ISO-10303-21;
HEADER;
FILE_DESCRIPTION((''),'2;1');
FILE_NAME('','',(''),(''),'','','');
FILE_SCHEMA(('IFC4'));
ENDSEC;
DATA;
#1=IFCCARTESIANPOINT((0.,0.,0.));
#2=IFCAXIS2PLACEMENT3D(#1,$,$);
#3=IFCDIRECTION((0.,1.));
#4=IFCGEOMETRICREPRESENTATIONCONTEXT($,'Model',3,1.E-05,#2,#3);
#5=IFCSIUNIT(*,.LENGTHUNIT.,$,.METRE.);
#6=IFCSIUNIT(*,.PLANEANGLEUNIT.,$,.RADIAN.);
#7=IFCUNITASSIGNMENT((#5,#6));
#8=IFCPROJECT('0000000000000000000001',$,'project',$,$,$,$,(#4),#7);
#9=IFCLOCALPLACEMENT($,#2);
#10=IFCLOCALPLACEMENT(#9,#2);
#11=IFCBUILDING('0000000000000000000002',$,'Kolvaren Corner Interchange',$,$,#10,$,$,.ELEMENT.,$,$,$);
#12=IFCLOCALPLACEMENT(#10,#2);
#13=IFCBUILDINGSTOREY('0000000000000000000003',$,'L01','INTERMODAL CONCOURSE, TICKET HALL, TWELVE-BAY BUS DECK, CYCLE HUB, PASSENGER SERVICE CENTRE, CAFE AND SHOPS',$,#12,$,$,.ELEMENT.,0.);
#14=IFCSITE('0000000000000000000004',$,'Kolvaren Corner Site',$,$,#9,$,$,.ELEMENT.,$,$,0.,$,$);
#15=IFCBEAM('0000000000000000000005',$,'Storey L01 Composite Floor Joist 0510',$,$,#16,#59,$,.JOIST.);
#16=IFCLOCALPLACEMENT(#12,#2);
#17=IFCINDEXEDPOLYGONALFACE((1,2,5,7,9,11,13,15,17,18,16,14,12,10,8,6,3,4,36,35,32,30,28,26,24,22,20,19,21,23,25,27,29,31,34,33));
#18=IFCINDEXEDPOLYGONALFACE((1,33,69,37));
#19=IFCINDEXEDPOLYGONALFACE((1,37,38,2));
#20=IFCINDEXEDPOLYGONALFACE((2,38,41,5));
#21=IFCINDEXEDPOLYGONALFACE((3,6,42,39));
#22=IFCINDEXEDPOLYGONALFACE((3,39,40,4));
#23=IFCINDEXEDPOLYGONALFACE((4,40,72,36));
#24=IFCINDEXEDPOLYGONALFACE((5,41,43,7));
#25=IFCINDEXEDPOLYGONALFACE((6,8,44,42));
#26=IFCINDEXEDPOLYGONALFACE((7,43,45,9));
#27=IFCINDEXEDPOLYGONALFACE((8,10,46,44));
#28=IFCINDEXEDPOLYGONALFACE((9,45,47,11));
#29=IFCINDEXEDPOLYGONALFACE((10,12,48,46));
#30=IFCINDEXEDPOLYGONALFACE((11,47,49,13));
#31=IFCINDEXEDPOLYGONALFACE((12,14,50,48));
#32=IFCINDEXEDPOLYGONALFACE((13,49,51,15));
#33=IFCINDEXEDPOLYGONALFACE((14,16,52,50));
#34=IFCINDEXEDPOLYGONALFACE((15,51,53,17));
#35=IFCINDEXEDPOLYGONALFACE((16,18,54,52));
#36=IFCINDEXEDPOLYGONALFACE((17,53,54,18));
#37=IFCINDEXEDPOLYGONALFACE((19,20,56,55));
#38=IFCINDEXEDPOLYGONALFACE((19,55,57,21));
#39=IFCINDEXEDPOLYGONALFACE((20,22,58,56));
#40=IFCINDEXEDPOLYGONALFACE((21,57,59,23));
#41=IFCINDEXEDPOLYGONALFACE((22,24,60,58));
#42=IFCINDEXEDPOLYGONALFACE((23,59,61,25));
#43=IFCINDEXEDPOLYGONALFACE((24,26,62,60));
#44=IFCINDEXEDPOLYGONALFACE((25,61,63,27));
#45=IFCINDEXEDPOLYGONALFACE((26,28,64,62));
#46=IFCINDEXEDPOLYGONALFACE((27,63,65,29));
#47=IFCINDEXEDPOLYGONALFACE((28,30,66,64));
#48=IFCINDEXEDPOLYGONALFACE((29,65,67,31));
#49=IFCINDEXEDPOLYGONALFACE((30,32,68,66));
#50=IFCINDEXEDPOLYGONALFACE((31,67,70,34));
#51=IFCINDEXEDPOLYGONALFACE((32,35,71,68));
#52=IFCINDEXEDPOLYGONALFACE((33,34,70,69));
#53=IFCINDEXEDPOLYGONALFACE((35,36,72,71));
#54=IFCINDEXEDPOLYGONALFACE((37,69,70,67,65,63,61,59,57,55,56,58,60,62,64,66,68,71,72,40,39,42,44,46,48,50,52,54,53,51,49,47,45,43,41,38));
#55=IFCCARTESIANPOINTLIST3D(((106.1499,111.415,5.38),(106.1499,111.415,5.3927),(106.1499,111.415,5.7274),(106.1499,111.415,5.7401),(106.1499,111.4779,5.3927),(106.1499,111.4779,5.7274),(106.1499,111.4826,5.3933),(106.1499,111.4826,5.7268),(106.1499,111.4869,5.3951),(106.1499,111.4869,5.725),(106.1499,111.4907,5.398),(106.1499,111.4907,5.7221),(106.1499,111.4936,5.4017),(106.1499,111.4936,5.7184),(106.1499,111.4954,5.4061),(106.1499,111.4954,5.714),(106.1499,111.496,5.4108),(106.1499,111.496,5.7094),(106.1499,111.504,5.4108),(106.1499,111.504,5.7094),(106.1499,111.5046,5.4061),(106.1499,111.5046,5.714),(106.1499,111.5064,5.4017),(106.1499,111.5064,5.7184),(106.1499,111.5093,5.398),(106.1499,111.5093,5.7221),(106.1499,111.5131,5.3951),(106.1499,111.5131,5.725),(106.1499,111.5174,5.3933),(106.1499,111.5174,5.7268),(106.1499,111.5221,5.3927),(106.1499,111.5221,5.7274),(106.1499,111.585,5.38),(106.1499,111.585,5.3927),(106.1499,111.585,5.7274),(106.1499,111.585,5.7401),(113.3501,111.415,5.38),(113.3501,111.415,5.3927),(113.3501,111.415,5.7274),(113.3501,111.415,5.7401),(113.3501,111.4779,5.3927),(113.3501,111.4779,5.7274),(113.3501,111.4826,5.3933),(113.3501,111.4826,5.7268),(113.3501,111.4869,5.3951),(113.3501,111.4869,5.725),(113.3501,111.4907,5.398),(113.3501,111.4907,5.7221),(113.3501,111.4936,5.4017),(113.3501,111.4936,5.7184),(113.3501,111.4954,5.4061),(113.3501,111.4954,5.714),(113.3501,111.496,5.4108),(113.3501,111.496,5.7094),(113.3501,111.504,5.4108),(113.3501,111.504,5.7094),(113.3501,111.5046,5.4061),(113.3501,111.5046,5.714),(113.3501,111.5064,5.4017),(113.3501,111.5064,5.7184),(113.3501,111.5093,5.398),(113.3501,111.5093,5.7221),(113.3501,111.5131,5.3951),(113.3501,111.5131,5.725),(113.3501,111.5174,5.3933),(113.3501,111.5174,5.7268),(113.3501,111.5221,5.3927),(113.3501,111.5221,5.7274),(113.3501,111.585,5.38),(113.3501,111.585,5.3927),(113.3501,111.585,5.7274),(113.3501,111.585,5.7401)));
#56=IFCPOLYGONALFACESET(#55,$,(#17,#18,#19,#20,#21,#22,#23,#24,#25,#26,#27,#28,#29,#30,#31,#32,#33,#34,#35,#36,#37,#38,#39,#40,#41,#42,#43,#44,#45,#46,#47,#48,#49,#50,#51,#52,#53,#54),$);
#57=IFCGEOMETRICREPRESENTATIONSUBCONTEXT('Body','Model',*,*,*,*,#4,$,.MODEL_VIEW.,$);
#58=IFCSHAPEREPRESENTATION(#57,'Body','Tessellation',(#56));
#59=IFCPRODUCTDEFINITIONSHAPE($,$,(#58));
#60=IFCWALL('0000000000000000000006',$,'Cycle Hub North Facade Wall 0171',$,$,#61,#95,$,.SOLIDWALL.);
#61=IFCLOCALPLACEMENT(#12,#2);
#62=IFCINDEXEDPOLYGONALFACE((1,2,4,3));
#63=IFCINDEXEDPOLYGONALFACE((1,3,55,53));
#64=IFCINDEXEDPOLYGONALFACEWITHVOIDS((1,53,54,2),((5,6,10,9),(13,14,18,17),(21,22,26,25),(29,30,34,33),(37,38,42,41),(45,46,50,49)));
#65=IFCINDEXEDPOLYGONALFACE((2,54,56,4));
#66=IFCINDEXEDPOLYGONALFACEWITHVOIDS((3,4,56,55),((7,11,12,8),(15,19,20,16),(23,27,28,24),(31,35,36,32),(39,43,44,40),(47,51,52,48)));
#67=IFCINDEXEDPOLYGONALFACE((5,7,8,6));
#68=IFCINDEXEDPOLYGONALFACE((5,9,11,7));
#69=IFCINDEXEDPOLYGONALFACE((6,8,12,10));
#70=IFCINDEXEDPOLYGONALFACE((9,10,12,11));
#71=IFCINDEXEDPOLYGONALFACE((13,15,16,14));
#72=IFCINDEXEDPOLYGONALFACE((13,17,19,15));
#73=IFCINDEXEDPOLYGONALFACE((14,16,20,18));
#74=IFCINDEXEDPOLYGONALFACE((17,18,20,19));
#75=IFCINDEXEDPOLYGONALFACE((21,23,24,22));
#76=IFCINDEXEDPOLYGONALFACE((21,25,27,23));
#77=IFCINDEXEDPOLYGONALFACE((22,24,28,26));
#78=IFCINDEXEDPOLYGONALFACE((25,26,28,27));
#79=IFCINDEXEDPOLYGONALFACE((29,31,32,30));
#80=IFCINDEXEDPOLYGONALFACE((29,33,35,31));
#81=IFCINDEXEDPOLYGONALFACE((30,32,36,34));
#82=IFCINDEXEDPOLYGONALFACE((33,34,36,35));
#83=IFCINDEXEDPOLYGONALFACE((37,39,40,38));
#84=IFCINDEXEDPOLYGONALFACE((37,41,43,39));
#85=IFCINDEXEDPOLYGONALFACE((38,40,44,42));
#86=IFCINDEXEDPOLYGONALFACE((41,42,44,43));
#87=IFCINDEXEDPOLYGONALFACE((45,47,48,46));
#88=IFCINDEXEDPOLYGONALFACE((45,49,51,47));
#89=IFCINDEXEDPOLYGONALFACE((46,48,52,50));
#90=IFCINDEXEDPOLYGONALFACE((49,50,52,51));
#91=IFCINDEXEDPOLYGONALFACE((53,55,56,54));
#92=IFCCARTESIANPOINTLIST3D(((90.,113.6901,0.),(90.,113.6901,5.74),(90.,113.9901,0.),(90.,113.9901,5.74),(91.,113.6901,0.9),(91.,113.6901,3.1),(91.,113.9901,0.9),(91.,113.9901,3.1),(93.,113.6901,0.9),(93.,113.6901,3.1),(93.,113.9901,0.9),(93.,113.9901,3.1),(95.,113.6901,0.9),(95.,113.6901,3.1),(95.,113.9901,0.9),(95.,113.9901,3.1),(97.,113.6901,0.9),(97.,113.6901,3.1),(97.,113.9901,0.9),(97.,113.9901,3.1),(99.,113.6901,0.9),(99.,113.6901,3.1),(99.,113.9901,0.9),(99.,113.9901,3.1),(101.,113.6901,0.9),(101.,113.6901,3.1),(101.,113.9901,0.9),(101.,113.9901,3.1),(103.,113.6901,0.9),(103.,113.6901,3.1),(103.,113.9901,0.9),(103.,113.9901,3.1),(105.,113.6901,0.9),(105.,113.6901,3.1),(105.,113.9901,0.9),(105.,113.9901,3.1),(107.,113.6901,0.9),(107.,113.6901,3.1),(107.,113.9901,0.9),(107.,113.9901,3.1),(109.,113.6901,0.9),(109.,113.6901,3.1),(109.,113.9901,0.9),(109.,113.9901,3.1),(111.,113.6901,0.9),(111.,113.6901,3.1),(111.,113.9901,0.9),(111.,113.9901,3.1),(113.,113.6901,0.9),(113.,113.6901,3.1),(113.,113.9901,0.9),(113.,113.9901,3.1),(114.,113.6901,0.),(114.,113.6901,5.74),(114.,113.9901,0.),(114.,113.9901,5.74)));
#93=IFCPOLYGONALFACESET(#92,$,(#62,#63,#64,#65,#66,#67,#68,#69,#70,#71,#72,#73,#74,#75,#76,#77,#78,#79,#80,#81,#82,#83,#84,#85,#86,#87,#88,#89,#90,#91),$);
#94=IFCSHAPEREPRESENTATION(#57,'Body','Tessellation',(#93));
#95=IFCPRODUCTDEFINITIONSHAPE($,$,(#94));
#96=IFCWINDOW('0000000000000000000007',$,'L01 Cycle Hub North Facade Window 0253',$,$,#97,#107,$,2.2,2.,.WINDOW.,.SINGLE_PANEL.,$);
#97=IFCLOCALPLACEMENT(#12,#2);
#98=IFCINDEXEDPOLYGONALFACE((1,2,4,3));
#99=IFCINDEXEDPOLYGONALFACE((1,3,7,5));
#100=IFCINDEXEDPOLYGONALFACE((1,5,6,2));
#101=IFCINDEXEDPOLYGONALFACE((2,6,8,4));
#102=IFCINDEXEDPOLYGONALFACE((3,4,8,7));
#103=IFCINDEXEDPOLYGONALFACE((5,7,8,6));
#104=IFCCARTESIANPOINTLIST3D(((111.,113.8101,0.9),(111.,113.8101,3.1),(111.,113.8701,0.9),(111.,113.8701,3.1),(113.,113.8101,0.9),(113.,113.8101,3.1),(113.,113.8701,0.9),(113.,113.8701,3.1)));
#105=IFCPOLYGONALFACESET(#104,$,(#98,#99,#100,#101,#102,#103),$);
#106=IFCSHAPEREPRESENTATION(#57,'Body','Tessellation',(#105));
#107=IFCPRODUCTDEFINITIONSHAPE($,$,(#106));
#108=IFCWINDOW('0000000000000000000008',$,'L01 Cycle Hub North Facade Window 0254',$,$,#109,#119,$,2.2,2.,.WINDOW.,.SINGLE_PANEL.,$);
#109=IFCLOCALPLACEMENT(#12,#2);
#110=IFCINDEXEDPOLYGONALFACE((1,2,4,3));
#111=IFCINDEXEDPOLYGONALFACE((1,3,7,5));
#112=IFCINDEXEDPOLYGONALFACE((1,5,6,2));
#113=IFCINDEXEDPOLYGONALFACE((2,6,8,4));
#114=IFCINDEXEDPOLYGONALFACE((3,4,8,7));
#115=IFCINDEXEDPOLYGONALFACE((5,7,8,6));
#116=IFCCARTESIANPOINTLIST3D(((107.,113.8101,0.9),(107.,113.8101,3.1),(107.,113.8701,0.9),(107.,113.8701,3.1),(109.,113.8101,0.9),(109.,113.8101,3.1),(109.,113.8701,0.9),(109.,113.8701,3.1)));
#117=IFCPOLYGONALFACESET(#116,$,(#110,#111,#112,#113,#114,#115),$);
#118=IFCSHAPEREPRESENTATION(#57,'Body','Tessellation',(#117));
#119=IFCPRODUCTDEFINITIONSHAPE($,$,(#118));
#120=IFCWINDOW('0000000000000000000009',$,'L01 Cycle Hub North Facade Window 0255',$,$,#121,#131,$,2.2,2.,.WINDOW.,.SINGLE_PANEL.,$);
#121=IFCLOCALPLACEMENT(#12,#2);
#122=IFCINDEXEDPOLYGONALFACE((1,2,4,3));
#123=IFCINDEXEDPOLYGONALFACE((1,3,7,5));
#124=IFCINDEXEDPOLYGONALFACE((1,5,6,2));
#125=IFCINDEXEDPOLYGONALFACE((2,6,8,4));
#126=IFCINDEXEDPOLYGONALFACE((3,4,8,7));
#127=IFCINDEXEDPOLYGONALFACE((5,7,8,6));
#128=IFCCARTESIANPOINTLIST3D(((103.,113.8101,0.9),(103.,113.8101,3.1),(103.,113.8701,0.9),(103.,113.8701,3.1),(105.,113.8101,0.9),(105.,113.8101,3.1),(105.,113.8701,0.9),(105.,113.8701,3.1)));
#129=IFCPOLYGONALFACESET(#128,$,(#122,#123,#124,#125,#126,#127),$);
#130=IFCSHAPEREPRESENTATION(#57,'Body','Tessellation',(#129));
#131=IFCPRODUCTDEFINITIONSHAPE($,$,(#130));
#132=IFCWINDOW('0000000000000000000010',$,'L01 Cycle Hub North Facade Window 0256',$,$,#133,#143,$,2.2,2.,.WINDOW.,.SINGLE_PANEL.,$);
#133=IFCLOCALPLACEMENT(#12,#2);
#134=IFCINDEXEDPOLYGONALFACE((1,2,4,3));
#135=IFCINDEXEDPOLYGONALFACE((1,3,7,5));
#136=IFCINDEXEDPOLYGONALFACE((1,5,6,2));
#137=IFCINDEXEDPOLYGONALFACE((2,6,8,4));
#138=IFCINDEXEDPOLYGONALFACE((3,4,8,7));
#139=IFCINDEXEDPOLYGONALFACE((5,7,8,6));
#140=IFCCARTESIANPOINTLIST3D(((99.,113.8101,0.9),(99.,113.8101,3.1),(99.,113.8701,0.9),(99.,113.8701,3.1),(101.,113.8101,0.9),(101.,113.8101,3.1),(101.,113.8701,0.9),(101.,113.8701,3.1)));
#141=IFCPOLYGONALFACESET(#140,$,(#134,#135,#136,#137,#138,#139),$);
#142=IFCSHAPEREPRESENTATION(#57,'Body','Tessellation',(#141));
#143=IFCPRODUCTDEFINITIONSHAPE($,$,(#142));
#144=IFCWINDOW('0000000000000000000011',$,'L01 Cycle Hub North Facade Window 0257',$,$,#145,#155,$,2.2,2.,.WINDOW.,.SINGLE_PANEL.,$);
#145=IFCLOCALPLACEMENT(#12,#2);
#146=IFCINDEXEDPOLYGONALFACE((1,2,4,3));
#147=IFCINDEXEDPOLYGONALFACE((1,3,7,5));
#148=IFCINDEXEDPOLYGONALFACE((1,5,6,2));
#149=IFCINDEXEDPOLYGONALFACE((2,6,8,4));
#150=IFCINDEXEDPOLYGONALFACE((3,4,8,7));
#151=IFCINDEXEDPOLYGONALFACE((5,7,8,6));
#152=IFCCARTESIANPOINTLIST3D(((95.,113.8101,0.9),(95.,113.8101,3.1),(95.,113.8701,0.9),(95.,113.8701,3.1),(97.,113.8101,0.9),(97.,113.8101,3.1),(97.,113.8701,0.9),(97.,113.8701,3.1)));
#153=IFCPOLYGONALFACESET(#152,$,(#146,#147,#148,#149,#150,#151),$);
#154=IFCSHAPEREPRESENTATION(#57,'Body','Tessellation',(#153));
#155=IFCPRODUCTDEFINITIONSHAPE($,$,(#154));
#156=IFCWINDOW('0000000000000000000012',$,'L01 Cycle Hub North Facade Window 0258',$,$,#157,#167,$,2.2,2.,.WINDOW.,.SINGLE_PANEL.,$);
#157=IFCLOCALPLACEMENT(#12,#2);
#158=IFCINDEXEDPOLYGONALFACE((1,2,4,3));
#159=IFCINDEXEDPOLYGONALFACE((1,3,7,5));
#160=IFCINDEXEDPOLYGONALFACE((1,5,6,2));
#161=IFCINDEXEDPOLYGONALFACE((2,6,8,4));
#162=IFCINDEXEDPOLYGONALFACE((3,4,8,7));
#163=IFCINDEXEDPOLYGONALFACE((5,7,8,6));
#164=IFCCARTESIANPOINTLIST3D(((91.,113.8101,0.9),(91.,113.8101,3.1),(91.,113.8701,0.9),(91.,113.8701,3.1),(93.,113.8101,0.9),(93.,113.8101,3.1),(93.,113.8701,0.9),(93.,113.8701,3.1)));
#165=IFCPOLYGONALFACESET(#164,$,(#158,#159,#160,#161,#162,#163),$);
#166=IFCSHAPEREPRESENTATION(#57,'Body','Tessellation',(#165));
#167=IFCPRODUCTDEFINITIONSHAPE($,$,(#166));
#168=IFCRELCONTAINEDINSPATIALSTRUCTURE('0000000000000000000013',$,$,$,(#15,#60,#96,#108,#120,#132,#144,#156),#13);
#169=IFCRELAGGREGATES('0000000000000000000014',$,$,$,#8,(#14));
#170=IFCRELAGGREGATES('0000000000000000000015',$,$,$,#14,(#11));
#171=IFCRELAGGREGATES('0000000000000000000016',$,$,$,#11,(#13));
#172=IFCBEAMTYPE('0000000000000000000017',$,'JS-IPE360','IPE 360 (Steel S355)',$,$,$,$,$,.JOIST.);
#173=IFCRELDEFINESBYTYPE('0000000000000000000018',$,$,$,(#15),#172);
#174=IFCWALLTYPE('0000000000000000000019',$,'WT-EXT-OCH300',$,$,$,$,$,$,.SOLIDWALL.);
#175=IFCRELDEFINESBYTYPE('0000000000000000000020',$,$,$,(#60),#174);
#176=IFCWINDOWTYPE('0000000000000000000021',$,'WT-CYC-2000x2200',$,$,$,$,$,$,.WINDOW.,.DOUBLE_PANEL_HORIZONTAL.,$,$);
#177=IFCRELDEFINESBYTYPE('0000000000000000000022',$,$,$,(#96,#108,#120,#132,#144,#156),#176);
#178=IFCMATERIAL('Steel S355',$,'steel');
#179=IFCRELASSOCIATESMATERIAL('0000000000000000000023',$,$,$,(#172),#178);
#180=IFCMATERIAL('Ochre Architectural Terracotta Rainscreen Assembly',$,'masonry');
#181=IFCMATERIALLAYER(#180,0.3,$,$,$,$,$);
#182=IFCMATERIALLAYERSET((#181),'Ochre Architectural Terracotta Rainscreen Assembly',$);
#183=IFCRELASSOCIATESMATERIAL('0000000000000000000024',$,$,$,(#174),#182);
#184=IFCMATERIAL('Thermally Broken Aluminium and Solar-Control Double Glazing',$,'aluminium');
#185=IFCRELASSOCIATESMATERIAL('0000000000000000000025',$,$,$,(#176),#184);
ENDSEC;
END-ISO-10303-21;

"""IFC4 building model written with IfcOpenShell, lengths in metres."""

from ifc_helpers import new_model, si_unit, direction, frame, frame_2d, origin, origin_2d, place, context, subcontext, project, spatial, rectangle, i_section, extrude, material, layer, layer_set, material_profile, profile_set, type_object, element, fill, save


model = new_model("IFC4")

# Units and contexts
model_context = context("Model", 3, precision=1e-05, world=origin(), true_north=direction((0.0, 1.0)))
body_context = subcontext(model_context, "Body", "Model", "MODEL_VIEW")
ifc_project = project(units=[si_unit("LENGTHUNIT", "METRE"), si_unit("PLANEANGLEUNIT", "RADIAN")], contexts=[model_context])

# Site, building, storey
site_placement = place(None, origin())
site = spatial("IfcSite", under=ifc_project, at=site_placement, Name="Kolvaren Corner Site", CompositionType="ELEMENT", RefElevation=0.0)
building_placement = place(site_placement, origin())
building = spatial("IfcBuilding", under=site, at=building_placement, Name="Kolvaren Corner Interchange", CompositionType="ELEMENT")
storey_placement = place(building_placement, origin())
storey = spatial("IfcBuildingStorey", under=building, at=storey_placement, Name="L01", Description="INTERMODAL CONCOURSE, TICKET HALL, TWELVE-BAY BUS DECK, CYCLE HUB, PASSENGER SERVICE CENTRE, CAFE AND SHOPS", CompositionType="ELEMENT", Elevation=0.0)

# Beam
ifc_material_1 = material(Name="Steel S355", Category="steel")
ifc_material_profile_1 = material_profile(ifc_material_1, i_section(OverallWidth=0.1699, OverallDepth=0.3601, WebThickness=0.0081, FlangeThickness=0.0127, FilletRadius=0.0181, at=origin_2d()), Name="IPE 360")
ifc_profile_set_1 = profile_set([ifc_material_profile_1], Name="Steel S355")
beam_type_1 = type_object("IfcBeamType", Name="JS-IPE360", Description="IPE 360 (Steel S355)", PredefinedType="JOIST", material=ifc_profile_set_1)
for number, where, z_axis, x_axis, name in (
    (1, (106.1499, 111.5, 5.5601), (1.0, 0.0, 0.0), (0.0, 1.0, 0.0), "Storey L01 Composite Floor Joist 0510"),
):
    element("IfcBeam", number, at=place(storey_placement, frame(where, z_axis=z_axis, x_axis=x_axis)), inside=storey, type_object=beam_type_1, Name=name, PredefinedType="JOIST", context=body_context, shape_type="SweptSolid", body=[
        extrude(i_section(OverallWidth=0.1699, OverallDepth=0.3601, WebThickness=0.0081, FlangeThickness=0.0127, FilletRadius=0.0181, at=origin_2d()), origin(), (0.0, 0.0, 1.0), 7.2002),
    ])

# Wall, openings, windows
ifc_material_2 = material(Name="Ochre Architectural Terracotta Rainscreen Assembly", Category="masonry")
ifc_layer = layer(ifc_material_2, 0.3)
ifc_layer_set = layer_set([ifc_layer], Name="Ochre Architectural Terracotta Rainscreen Assembly")
wall_type = type_object("IfcWallType", Name="WT-EXT-OCH300", PredefinedType="SOLIDWALL", material=ifc_layer_set)
wall_placement = place(storey_placement, frame((114.0, 113.8401, 0.0), z_axis=(0.0, 0.0, 1.0), x_axis=(-1.0, 0.0, 0.0)))
wall = element("IfcWall", 2, at=wall_placement, inside=storey, type_object=wall_type, Name="Cycle Hub North Facade Wall 0171", PredefinedType="SOLIDWALL", context=body_context, shape_type="SweptSolid", body=[
    extrude(rectangle(XDim=24.0, YDim=0.3, at=frame_2d((12.0, 0.0))), origin(), (0.0, 0.0, 1.0), 5.74),
])
opening_1_placement = place(wall_placement, frame((1.0, 0.0, 0.8999)))
opening_1 = element("IfcOpeningElement", 3, at=opening_1_placement, cuts=wall, PredefinedType="OPENING", context=body_context, shape_type="SweptSolid", body=[
    extrude(rectangle(XDim=2.0, YDim=2.2, at=frame_2d((1.0, 1.1001))), frame((0.0, 0.1599, 0.0), z_axis=(0.0, -1.0, 0.0), x_axis=(1.0, 0.0, 0.0)), (0.0, 0.0, 1.0), 0.3201),
])
opening_2_placement = place(wall_placement, frame((5.0, 0.0, 0.8999)))
opening_2 = element("IfcOpeningElement", 4, at=opening_2_placement, cuts=wall, PredefinedType="OPENING", context=body_context, shape_type="SweptSolid", body=[
    extrude(rectangle(XDim=2.0, YDim=2.2, at=frame_2d((1.0, 1.1001))), frame((0.0, 0.1599, 0.0), z_axis=(0.0, -1.0, 0.0), x_axis=(1.0, 0.0, 0.0)), (0.0, 0.0, 1.0), 0.3201),
])
opening_3_placement = place(wall_placement, frame((9.0, 0.0, 0.8999)))
opening_3 = element("IfcOpeningElement", 5, at=opening_3_placement, cuts=wall, PredefinedType="OPENING", context=body_context, shape_type="SweptSolid", body=[
    extrude(rectangle(XDim=2.0, YDim=2.2, at=frame_2d((1.0, 1.1001))), frame((0.0, 0.1599, 0.0), z_axis=(0.0, -1.0, 0.0), x_axis=(1.0, 0.0, 0.0)), (0.0, 0.0, 1.0), 0.3201),
])
opening_4_placement = place(wall_placement, frame((13.0, 0.0, 0.8999)))
opening_4 = element("IfcOpeningElement", 6, at=opening_4_placement, cuts=wall, PredefinedType="OPENING", context=body_context, shape_type="SweptSolid", body=[
    extrude(rectangle(XDim=2.0, YDim=2.2, at=frame_2d((1.0, 1.1001))), frame((0.0, 0.1599, 0.0), z_axis=(0.0, -1.0, 0.0), x_axis=(1.0, 0.0, 0.0)), (0.0, 0.0, 1.0), 0.3201),
])
opening_5_placement = place(wall_placement, frame((17.0, 0.0, 0.8999)))
opening_5 = element("IfcOpeningElement", 7, at=opening_5_placement, cuts=wall, PredefinedType="OPENING", context=body_context, shape_type="SweptSolid", body=[
    extrude(rectangle(XDim=2.0, YDim=2.2, at=frame_2d((1.0, 1.1001))), frame((0.0, 0.1599, 0.0), z_axis=(0.0, -1.0, 0.0), x_axis=(1.0, 0.0, 0.0)), (0.0, 0.0, 1.0), 0.3201),
])
opening_6_placement = place(wall_placement, frame((21.0, 0.0, 0.8999)))
opening_6 = element("IfcOpeningElement", 8, at=opening_6_placement, cuts=wall, PredefinedType="OPENING", context=body_context, shape_type="SweptSolid", body=[
    extrude(rectangle(XDim=2.0, YDim=2.2, at=frame_2d((1.0, 1.1001))), frame((0.0, 0.1599, 0.0), z_axis=(0.0, -1.0, 0.0), x_axis=(1.0, 0.0, 0.0)), (0.0, 0.0, 1.0), 0.3201),
])
ifc_material_3 = material(Name="Thermally Broken Aluminium and Solar-Control Double Glazing", Category="aluminium")
window_type = type_object("IfcWindowType", Name="WT-CYC-2000x2200", PartitioningType="DOUBLE_PANEL_HORIZONTAL", PredefinedType="WINDOW", material=ifc_material_3)
window_1_placement = place(opening_1_placement, origin())
window_1 = element("IfcWindow", 9, at=window_1_placement, inside=storey, type_object=window_type, Name="L01 Cycle Hub North Facade Window 0253", OverallHeight=2.2, OverallWidth=2.0, PartitioningType="SINGLE_PANEL", PredefinedType="WINDOW", context=body_context, shape_type="SweptSolid", body=[
    extrude(rectangle(XDim=2.0, YDim=2.2, at=frame_2d((1.0, 1.1001))), frame((0.0, 0.03, 0.0), z_axis=(0.0, -1.0, 0.0), x_axis=(1.0, 0.0, 0.0)), (0.0, 0.0, 1.0), 0.0601),
])
fill(opening_1, window_1)
window_2_placement = place(opening_2_placement, origin())
window_2 = element("IfcWindow", 10, at=window_2_placement, inside=storey, type_object=window_type, Name="L01 Cycle Hub North Facade Window 0254", OverallHeight=2.2, OverallWidth=2.0, PartitioningType="SINGLE_PANEL", PredefinedType="WINDOW", context=body_context, shape_type="SweptSolid", body=[
    extrude(rectangle(XDim=2.0, YDim=2.2, at=frame_2d((1.0, 1.1001))), frame((0.0, 0.03, 0.0), z_axis=(0.0, -1.0, 0.0), x_axis=(1.0, 0.0, 0.0)), (0.0, 0.0, 1.0), 0.0601),
])
fill(opening_2, window_2)
window_3_placement = place(opening_3_placement, origin())
window_3 = element("IfcWindow", 11, at=window_3_placement, inside=storey, type_object=window_type, Name="L01 Cycle Hub North Facade Window 0255", OverallHeight=2.2, OverallWidth=2.0, PartitioningType="SINGLE_PANEL", PredefinedType="WINDOW", context=body_context, shape_type="SweptSolid", body=[
    extrude(rectangle(XDim=2.0, YDim=2.2, at=frame_2d((1.0, 1.1001))), frame((0.0, 0.03, 0.0), z_axis=(0.0, -1.0, 0.0), x_axis=(1.0, 0.0, 0.0)), (0.0, 0.0, 1.0), 0.0601),
])
fill(opening_3, window_3)
window_4_placement = place(opening_4_placement, origin())
window_4 = element("IfcWindow", 12, at=window_4_placement, inside=storey, type_object=window_type, Name="L01 Cycle Hub North Facade Window 0256", OverallHeight=2.2, OverallWidth=2.0, PartitioningType="SINGLE_PANEL", PredefinedType="WINDOW", context=body_context, shape_type="SweptSolid", body=[
    extrude(rectangle(XDim=2.0, YDim=2.2, at=frame_2d((1.0, 1.1001))), frame((0.0, 0.03, 0.0), z_axis=(0.0, -1.0, 0.0), x_axis=(1.0, 0.0, 0.0)), (0.0, 0.0, 1.0), 0.0601),
])
fill(opening_4, window_4)
window_5_placement = place(opening_5_placement, origin())
window_5 = element("IfcWindow", 13, at=window_5_placement, inside=storey, type_object=window_type, Name="L01 Cycle Hub North Facade Window 0257", OverallHeight=2.2, OverallWidth=2.0, PartitioningType="SINGLE_PANEL", PredefinedType="WINDOW", context=body_context, shape_type="SweptSolid", body=[
    extrude(rectangle(XDim=2.0, YDim=2.2, at=frame_2d((1.0, 1.1001))), frame((0.0, 0.03, 0.0), z_axis=(0.0, -1.0, 0.0), x_axis=(1.0, 0.0, 0.0)), (0.0, 0.0, 1.0), 0.0601),
])
fill(opening_5, window_5)
window_6_placement = place(opening_6_placement, origin())
window_6 = element("IfcWindow", 14, at=window_6_placement, inside=storey, type_object=window_type, Name="L01 Cycle Hub North Facade Window 0258", OverallHeight=2.2, OverallWidth=2.0, PartitioningType="SINGLE_PANEL", PredefinedType="WINDOW", context=body_context, shape_type="SweptSolid", body=[
    extrude(rectangle(XDim=2.0, YDim=2.2, at=frame_2d((1.0, 1.1001))), frame((0.0, 0.03, 0.0), z_axis=(0.0, -1.0, 0.0), x_axis=(1.0, 0.0, 0.0)), (0.0, 0.0, 1.0), 0.0601),
])
fill(opening_6, window_6)

save(model, "model.ifc")
